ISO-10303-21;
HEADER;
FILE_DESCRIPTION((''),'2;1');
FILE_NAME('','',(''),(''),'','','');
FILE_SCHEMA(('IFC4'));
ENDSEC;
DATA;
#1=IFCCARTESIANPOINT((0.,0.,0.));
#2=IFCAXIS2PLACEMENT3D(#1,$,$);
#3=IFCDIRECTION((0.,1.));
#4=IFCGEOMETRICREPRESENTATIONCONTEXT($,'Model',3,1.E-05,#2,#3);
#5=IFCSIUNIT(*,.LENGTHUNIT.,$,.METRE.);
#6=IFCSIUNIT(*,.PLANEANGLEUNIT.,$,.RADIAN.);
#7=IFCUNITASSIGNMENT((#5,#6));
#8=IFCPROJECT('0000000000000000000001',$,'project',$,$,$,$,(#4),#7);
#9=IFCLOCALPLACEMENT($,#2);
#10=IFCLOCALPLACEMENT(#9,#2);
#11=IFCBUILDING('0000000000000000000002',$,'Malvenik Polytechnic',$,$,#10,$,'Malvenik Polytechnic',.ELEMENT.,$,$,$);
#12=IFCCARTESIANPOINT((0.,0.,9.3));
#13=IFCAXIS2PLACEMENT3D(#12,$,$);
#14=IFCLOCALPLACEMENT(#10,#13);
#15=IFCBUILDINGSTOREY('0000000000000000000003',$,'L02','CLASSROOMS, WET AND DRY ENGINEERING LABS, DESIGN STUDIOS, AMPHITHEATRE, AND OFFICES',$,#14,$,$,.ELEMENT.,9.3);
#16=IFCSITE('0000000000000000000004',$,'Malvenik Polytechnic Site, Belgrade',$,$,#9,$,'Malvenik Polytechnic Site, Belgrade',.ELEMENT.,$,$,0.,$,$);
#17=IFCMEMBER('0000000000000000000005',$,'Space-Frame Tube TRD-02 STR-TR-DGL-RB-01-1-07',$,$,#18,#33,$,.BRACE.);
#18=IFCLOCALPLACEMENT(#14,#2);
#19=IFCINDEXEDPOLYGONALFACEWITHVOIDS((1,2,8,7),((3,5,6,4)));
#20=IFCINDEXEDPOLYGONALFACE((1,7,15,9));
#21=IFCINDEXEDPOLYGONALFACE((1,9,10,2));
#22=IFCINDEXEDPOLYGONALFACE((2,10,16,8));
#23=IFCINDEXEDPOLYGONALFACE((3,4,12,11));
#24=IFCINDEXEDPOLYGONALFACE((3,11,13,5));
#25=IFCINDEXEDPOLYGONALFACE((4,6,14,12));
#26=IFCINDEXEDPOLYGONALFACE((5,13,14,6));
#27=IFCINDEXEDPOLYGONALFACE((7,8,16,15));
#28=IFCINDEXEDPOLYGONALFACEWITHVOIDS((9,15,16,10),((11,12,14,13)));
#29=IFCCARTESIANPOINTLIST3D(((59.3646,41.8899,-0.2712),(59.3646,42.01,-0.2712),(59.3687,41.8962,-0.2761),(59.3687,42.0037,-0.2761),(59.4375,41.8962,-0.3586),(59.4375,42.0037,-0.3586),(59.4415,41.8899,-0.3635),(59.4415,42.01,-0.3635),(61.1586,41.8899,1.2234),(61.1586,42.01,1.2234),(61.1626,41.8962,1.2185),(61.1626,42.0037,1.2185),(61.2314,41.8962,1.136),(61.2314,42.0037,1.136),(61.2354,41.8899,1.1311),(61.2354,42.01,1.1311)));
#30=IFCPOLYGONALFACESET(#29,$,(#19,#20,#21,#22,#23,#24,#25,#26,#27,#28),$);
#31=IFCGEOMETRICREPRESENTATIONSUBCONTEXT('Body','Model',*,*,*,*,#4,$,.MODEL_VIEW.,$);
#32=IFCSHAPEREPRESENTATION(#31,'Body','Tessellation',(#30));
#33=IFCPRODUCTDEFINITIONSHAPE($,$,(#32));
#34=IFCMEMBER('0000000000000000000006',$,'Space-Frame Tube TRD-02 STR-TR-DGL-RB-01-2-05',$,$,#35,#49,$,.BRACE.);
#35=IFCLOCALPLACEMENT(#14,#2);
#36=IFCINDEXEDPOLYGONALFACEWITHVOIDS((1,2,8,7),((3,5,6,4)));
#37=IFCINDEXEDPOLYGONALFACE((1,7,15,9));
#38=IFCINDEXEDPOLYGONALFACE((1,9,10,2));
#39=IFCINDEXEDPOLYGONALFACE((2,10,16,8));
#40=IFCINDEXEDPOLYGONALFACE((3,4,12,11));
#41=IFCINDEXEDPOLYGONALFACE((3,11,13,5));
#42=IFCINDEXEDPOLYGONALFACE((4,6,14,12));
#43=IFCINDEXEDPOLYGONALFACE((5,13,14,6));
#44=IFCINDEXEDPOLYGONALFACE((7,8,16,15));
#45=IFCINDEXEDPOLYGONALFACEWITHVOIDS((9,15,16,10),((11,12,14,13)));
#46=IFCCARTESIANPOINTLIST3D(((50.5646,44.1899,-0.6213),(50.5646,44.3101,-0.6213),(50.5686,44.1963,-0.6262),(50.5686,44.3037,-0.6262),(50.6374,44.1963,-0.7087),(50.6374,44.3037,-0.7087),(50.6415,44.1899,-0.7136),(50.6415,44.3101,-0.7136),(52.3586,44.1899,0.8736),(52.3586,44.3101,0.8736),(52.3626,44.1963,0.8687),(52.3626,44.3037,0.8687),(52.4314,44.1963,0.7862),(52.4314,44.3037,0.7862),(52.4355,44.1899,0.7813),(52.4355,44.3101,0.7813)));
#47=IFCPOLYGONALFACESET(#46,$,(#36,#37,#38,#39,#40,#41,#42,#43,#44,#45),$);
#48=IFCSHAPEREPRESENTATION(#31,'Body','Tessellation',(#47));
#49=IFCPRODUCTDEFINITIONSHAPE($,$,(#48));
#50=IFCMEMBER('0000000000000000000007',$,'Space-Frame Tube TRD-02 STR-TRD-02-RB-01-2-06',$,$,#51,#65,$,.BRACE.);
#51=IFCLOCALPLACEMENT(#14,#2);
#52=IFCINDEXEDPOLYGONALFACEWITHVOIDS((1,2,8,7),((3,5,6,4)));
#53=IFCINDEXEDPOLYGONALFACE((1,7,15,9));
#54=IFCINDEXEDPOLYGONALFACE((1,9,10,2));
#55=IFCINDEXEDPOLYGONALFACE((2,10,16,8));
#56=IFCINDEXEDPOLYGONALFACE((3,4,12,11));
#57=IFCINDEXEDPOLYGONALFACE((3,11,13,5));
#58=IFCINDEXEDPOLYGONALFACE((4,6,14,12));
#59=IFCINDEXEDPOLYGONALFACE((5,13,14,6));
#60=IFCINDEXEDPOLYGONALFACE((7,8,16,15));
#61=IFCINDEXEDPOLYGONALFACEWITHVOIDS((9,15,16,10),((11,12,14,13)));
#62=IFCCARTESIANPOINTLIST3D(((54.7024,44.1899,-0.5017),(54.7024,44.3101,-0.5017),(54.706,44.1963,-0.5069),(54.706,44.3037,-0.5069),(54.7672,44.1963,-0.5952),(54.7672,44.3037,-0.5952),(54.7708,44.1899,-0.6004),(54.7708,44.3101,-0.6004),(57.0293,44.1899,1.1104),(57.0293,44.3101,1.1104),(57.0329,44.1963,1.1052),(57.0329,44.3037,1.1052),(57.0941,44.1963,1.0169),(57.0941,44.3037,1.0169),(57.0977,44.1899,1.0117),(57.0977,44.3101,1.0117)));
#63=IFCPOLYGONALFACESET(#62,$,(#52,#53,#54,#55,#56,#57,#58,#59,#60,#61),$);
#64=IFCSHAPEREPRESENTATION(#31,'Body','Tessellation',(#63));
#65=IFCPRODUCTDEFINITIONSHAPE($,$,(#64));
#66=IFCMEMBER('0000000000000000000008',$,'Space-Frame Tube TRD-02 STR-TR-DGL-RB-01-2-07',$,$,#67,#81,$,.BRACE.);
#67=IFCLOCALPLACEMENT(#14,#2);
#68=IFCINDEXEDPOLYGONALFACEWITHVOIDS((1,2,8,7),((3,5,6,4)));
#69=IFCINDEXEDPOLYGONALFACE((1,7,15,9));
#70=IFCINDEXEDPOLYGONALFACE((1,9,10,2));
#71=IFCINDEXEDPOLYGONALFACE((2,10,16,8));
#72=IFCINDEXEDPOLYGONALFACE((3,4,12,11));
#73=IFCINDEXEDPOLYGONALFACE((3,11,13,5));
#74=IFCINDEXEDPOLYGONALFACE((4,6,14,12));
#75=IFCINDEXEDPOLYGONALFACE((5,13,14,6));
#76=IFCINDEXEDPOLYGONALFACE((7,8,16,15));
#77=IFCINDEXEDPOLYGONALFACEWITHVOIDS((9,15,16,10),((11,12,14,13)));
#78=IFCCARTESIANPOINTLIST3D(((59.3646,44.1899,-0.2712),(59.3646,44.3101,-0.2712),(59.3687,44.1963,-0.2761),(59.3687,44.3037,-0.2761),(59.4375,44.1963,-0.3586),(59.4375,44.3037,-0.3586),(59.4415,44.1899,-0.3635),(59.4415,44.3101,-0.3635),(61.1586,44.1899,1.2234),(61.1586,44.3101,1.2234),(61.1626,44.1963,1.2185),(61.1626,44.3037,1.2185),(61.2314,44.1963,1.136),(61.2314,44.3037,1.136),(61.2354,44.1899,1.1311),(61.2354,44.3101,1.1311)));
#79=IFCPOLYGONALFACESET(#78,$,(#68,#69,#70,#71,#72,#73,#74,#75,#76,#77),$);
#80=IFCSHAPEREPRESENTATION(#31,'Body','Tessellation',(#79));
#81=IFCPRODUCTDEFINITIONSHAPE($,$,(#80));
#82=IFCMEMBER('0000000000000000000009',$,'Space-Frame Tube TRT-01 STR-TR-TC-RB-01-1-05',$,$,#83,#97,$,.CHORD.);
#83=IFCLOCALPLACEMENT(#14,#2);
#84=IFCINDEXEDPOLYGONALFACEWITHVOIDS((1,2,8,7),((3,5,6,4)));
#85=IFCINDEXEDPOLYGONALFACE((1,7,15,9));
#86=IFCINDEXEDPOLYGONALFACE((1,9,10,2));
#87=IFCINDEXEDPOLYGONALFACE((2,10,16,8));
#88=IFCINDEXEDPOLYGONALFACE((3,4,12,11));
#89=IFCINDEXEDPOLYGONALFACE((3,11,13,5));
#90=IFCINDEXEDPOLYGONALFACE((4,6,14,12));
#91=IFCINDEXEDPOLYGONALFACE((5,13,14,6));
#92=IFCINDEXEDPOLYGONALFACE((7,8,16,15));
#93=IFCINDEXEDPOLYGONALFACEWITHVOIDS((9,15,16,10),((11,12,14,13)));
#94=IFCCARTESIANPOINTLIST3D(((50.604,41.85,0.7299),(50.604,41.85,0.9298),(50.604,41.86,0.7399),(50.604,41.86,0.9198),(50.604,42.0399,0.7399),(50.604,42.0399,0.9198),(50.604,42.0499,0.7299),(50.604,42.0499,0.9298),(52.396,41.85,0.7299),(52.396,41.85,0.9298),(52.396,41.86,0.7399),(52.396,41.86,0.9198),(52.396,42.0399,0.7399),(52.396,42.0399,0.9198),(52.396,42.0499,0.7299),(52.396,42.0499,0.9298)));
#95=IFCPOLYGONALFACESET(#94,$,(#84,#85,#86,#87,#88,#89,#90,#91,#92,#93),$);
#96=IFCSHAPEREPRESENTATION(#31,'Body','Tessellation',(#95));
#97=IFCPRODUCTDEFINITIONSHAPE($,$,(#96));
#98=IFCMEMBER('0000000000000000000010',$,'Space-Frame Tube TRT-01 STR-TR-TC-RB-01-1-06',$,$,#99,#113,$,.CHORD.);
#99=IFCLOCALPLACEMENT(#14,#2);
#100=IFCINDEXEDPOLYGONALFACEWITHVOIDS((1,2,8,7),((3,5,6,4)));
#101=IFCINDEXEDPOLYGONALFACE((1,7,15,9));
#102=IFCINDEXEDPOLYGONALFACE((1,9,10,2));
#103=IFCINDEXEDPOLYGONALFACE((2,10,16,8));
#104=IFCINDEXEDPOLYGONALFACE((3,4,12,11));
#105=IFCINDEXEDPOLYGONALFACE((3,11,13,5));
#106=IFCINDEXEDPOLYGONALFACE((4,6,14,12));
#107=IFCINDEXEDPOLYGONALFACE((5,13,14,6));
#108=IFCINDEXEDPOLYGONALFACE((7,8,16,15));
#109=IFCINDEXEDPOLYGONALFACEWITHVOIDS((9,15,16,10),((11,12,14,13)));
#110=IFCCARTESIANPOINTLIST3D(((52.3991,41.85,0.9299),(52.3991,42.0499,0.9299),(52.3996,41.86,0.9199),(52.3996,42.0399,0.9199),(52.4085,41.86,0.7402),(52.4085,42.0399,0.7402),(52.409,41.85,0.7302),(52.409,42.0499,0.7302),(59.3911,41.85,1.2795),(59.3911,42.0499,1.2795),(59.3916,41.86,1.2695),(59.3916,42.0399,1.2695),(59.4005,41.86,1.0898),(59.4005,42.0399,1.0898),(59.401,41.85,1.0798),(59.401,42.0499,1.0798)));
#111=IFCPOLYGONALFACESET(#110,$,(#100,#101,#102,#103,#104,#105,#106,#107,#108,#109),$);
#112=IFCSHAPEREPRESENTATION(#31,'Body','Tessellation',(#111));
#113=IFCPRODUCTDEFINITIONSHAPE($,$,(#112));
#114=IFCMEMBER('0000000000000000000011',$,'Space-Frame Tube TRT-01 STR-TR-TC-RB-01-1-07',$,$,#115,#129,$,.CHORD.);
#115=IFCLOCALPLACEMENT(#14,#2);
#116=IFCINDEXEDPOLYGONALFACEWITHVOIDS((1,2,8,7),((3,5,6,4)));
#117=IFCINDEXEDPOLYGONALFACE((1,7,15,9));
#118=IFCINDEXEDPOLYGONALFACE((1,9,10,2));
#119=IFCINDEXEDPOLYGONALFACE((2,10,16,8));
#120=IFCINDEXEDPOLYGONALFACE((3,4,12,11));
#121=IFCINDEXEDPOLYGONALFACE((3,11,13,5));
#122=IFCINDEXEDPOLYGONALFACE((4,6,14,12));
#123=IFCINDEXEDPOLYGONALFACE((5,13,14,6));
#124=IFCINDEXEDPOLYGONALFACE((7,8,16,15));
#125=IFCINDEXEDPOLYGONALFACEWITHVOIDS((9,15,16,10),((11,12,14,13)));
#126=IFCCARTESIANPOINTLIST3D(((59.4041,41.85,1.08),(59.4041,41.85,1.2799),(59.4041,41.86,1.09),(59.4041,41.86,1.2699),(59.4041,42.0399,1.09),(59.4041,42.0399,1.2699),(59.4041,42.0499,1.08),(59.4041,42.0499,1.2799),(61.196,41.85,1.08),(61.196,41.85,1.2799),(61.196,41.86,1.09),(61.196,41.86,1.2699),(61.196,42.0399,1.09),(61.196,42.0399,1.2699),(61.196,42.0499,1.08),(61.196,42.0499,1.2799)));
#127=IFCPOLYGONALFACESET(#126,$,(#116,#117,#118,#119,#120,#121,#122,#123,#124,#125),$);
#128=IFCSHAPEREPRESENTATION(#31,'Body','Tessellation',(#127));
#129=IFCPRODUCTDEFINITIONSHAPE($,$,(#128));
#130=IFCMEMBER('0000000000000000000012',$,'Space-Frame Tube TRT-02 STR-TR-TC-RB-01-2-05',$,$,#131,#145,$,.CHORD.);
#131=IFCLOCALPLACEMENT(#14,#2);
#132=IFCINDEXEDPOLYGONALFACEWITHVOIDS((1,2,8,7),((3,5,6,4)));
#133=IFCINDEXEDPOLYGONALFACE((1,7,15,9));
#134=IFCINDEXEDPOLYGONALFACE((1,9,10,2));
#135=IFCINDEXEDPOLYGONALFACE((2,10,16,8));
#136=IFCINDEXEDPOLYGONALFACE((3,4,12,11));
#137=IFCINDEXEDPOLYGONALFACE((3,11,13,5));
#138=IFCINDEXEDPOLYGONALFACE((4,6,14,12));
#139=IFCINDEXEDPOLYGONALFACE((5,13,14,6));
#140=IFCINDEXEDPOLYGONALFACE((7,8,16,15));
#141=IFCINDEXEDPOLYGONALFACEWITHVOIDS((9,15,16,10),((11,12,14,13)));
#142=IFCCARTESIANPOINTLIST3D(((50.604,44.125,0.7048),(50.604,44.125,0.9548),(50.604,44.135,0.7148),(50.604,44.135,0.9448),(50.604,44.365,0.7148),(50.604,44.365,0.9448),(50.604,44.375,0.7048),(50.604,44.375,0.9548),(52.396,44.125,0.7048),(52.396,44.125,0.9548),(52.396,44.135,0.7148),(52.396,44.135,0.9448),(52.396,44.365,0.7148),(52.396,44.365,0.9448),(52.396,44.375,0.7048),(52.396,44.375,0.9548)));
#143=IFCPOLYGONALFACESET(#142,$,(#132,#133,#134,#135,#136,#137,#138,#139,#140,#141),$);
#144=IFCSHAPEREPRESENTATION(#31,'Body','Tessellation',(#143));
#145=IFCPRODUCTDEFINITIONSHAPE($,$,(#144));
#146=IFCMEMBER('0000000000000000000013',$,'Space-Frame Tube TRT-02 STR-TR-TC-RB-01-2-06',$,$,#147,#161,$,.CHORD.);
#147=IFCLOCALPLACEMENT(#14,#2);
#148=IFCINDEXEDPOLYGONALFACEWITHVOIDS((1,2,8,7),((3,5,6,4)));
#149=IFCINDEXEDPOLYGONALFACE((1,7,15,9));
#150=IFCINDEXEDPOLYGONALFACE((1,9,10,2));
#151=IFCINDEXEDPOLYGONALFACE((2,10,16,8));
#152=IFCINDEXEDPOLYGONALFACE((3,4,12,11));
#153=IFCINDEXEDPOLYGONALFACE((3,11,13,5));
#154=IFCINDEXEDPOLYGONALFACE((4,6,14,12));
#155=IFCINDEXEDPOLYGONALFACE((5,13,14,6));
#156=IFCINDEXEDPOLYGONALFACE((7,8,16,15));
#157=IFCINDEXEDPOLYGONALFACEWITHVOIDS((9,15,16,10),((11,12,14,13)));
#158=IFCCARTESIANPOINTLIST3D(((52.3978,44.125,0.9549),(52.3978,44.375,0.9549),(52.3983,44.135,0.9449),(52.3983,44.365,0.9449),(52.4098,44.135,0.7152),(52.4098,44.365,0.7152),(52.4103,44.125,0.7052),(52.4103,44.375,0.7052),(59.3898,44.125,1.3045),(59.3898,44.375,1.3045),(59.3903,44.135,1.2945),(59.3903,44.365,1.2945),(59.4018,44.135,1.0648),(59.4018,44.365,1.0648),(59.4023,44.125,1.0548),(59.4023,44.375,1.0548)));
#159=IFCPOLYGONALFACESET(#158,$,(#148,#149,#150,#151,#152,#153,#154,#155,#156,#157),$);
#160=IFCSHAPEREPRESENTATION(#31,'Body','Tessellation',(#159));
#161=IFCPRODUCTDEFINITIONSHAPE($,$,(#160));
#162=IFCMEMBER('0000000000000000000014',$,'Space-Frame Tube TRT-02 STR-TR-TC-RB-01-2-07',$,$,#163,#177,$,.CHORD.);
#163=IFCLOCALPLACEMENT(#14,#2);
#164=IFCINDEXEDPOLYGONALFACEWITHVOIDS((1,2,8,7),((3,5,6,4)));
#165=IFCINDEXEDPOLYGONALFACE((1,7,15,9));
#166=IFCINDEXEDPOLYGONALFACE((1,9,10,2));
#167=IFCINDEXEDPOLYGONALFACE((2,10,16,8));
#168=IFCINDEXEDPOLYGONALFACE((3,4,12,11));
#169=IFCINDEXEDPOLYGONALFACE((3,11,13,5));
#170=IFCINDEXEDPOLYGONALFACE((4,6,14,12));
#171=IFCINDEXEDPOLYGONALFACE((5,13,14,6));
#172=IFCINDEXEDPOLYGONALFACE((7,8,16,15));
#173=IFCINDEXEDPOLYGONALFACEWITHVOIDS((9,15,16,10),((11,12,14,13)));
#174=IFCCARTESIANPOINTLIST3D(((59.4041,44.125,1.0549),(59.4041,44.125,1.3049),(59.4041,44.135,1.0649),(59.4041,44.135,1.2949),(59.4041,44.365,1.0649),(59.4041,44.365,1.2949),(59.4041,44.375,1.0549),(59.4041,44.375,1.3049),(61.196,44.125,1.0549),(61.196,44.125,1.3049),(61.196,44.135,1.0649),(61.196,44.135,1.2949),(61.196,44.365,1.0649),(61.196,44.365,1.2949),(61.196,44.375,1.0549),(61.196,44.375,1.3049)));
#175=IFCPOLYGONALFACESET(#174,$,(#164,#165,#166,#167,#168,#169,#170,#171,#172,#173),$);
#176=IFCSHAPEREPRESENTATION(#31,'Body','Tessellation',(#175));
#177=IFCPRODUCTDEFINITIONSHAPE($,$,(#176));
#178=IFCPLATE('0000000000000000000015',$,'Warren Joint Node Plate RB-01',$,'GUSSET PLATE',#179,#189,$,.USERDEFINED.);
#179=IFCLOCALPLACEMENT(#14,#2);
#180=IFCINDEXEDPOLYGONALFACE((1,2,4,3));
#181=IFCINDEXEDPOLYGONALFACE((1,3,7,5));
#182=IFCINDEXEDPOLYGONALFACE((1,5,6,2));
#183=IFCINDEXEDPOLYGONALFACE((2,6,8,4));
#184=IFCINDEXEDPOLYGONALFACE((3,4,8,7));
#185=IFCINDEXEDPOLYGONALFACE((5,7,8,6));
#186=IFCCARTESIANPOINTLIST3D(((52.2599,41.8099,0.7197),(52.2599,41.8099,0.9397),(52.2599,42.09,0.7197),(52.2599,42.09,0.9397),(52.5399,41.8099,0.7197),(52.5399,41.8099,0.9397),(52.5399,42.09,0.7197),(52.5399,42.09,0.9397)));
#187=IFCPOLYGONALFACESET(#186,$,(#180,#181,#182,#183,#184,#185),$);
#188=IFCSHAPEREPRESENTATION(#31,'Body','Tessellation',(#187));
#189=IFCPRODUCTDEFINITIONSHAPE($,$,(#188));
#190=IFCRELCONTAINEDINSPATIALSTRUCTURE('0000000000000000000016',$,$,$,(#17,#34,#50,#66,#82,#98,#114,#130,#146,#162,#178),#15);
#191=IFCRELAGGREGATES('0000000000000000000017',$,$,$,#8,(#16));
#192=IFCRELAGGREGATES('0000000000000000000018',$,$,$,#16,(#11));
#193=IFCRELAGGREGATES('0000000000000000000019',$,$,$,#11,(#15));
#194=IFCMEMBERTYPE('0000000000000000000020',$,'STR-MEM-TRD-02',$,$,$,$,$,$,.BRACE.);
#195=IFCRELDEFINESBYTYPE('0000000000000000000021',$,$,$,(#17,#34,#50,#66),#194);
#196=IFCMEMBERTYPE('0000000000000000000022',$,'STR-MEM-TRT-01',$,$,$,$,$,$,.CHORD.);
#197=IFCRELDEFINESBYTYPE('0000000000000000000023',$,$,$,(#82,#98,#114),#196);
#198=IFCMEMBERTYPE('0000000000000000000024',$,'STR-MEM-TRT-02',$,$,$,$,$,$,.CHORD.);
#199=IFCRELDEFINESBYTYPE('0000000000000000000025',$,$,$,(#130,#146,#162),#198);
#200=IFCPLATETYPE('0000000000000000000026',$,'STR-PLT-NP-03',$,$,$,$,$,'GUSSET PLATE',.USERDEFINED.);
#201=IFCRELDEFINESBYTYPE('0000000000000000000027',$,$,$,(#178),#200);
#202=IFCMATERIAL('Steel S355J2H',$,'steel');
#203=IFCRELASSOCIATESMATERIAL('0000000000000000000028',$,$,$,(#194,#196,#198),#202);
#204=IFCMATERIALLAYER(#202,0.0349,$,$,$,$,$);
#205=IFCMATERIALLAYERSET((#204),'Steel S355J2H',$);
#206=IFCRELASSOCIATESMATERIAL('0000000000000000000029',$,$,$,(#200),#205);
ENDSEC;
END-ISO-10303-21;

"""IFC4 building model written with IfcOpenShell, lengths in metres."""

from ifc_helpers import new_model, si_unit, direction, frame, origin, origin_2d, place, context, subcontext, project, spatial, rectangle, hollow_rectangle, extrude, material, layer, layer_set, material_profile, profile_set, type_object, element, save


model = new_model("IFC4")

# Units and contexts
model_context = context("Model", 3, precision=1e-05, world=origin(), true_north=direction((0.0, 1.0)))
body_context = subcontext(model_context, "Body", "Model", "MODEL_VIEW")
ifc_project = project(units=[si_unit("LENGTHUNIT", "METRE"), si_unit("PLANEANGLEUNIT", "RADIAN")], contexts=[model_context])

# Site, building, storey
site_placement = place(None, origin())
site = spatial("IfcSite", under=ifc_project, at=site_placement, Name="Malvenik Polytechnic Site, Belgrade", LongName="Malvenik Polytechnic Site, Belgrade", CompositionType="ELEMENT", RefElevation=0.0)
building_placement = place(site_placement, origin())
building = spatial("IfcBuilding", under=site, at=building_placement, Name="Malvenik Polytechnic", LongName="Malvenik Polytechnic", CompositionType="ELEMENT")
storey_placement = place(building_placement, frame((0.0, 0.0, 9.3)))
storey = spatial("IfcBuildingStorey", under=building, at=storey_placement, Name="L02", Description="CLASSROOMS, WET AND DRY ENGINEERING LABS, DESIGN STUDIOS, AMPHITHEATRE, AND OFFICES", CompositionType="ELEMENT", Elevation=9.3)

# Shared definitions
ifc_material_1 = material(Name="Steel S355J2H", Category="steel")

# Members
ifc_material_profile_1 = material_profile(ifc_material_1, hollow_rectangle(XDim=0.1201, YDim=0.1201, WallThickness=0.0063, at=origin_2d()), Name="SHS 120x120x6.3")
ifc_profile_set_1 = profile_set([ifc_material_profile_1], Name="Steel S355J2H")
member_type_1 = type_object("IfcMemberType", Name="STR-MEM-TRD-02", PredefinedType="BRACE", material=ifc_profile_set_1)
member_1_placement = place(storey_placement, frame((59.4031, 41.95, -0.3174), z_axis=(0.76829, 0.0, 0.640102), x_axis=(0.0, 1.0, 0.0)))
element("IfcMember", 1, at=member_1_placement, inside=storey, type_object=member_type_1, Name="Space-Frame Tube TRD-02 STR-TR-DGL-RB-01-1-07", PredefinedType="BRACE", context=body_context, shape_type="SweptSolid", body=[
    extrude(hollow_rectangle(XDim=0.1201, YDim=0.1201, WallThickness=0.0063, at=origin_2d()), origin(), (0.0, 0.0, 1.0), 2.335),
])
member_2_placement = place(storey_placement, frame((50.603, 44.25, -0.6675), z_axis=(0.768238, 0.0, 0.640164), x_axis=(0.0, 1.0, 0.0)))
element("IfcMember", 2, at=member_2_placement, inside=storey, type_object=member_type_1, Name="Space-Frame Tube TRD-02 STR-TR-DGL-RB-01-2-05", PredefinedType="BRACE", context=body_context, shape_type="SweptSolid", body=[
    extrude(hollow_rectangle(XDim=0.1201, YDim=0.1201, WallThickness=0.0063, at=origin_2d()), origin(), (0.0, 0.0, 1.0), 2.3352),
])
member_3_placement = place(storey_placement, frame((54.7366, 44.25, -0.551), z_axis=(0.822006, 0.0, 0.569479), x_axis=(0.0, 1.0, 0.0)))
element("IfcMember", 3, at=member_3_placement, inside=storey, type_object=member_type_1, Name="Space-Frame Tube TRD-02 STR-TRD-02-RB-01-2-06", PredefinedType="BRACE", context=body_context, shape_type="SweptSolid", body=[
    extrude(hollow_rectangle(XDim=0.1201, YDim=0.1201, WallThickness=0.0063, at=origin_2d()), origin(), (0.0, 0.0, 1.0), 2.8308),
])
member_4_placement = place(storey_placement, frame((59.4031, 44.25, -0.3174), z_axis=(0.76829, 0.0, 0.640102), x_axis=(0.0, 1.0, 0.0)))
element("IfcMember", 4, at=member_4_placement, inside=storey, type_object=member_type_1, Name="Space-Frame Tube TRD-02 STR-TR-DGL-RB-01-2-07", PredefinedType="BRACE", context=body_context, shape_type="SweptSolid", body=[
    extrude(hollow_rectangle(XDim=0.1201, YDim=0.1201, WallThickness=0.0063, at=origin_2d()), origin(), (0.0, 0.0, 1.0), 2.335),
])
ifc_material_profile_2 = material_profile(ifc_material_1, hollow_rectangle(XDim=0.2, YDim=0.2, WallThickness=0.01, at=origin_2d()), Name="SHS 200x200x10.0")
ifc_profile_set_2 = profile_set([ifc_material_profile_2], Name="Steel S355J2H")
member_type_2 = type_object("IfcMemberType", Name="STR-MEM-TRT-01", PredefinedType="CHORD", material=ifc_profile_set_2)
member_5_placement = place(storey_placement, frame((50.604, 41.95, 0.8298), z_axis=(1.0, 0.0, 0.0), x_axis=(0.0, 1.0, 0.0)))
element("IfcMember", 5, at=member_5_placement, inside=storey, type_object=member_type_2, Name="Space-Frame Tube TRT-01 STR-TR-TC-RB-01-1-05", PredefinedType="CHORD", context=body_context, shape_type="SweptSolid", body=[
    extrude(hollow_rectangle(XDim=0.2, YDim=0.2, WallThickness=0.01, at=origin_2d()), origin(), (0.0, 0.0, 1.0), 1.792),
])
member_6_placement = place(storey_placement, frame((52.4041, 41.95, 0.8301), z_axis=(0.998752, 0.0, 0.049939), x_axis=(0.0, 1.0, 0.0)))
element("IfcMember", 6, at=member_6_placement, inside=storey, type_object=member_type_2, Name="Space-Frame Tube TRT-01 STR-TR-TC-RB-01-1-06", PredefinedType="CHORD", context=body_context, shape_type="SweptSolid", body=[
    extrude(hollow_rectangle(XDim=0.2, YDim=0.2, WallThickness=0.01, at=origin_2d()), origin(), (0.0, 0.0, 1.0), 7.0007),
])
member_7_placement = place(storey_placement, frame((59.4041, 41.95, 1.1799), z_axis=(1.0, 0.0, 0.0), x_axis=(0.0, 1.0, 0.0)))
element("IfcMember", 7, at=member_7_placement, inside=storey, type_object=member_type_2, Name="Space-Frame Tube TRT-01 STR-TR-TC-RB-01-1-07", PredefinedType="CHORD", context=body_context, shape_type="SweptSolid", body=[
    extrude(hollow_rectangle(XDim=0.2, YDim=0.2, WallThickness=0.01, at=origin_2d()), origin(), (0.0, 0.0, 1.0), 1.792),
])
ifc_material_profile_3 = material_profile(ifc_material_1, hollow_rectangle(XDim=0.25, YDim=0.25, WallThickness=0.01, at=origin_2d()), Name="SHS 250x250x10.0")
ifc_profile_set_3 = profile_set([ifc_material_profile_3], Name="Steel S355J2H")
member_type_3 = type_object("IfcMemberType", Name="STR-MEM-TRT-02", PredefinedType="CHORD", material=ifc_profile_set_3)
member_8_placement = place(storey_placement, frame((50.604, 44.25, 0.8298), z_axis=(1.0, 0.0, 0.0), x_axis=(0.0, 1.0, 0.0)))
element("IfcMember", 8, at=member_8_placement, inside=storey, type_object=member_type_3, Name="Space-Frame Tube TRT-02 STR-TR-TC-RB-01-2-05", PredefinedType="CHORD", context=body_context, shape_type="SweptSolid", body=[
    extrude(hollow_rectangle(XDim=0.25, YDim=0.25, WallThickness=0.01, at=origin_2d()), origin(), (0.0, 0.0, 1.0), 1.792),
])
member_9_placement = place(storey_placement, frame((52.4041, 44.25, 0.8301), z_axis=(0.998752, 0.0, 0.049939), x_axis=(0.0, 1.0, 0.0)))
element("IfcMember", 9, at=member_9_placement, inside=storey, type_object=member_type_3, Name="Space-Frame Tube TRT-02 STR-TR-TC-RB-01-2-06", PredefinedType="CHORD", context=body_context, shape_type="SweptSolid", body=[
    extrude(hollow_rectangle(XDim=0.25, YDim=0.25, WallThickness=0.01, at=origin_2d()), origin(), (0.0, 0.0, 1.0), 7.0007),
])
member_10_placement = place(storey_placement, frame((59.4041, 44.25, 1.1799), z_axis=(1.0, 0.0, 0.0), x_axis=(0.0, 1.0, 0.0)))
element("IfcMember", 10, at=member_10_placement, inside=storey, type_object=member_type_3, Name="Space-Frame Tube TRT-02 STR-TR-TC-RB-01-2-07", PredefinedType="CHORD", context=body_context, shape_type="SweptSolid", body=[
    extrude(hollow_rectangle(XDim=0.25, YDim=0.25, WallThickness=0.01, at=origin_2d()), origin(), (0.0, 0.0, 1.0), 1.792),
])

# Plate
ifc_layer_1 = layer(ifc_material_1, 0.0349)
ifc_layer_set_1 = layer_set([ifc_layer_1], Name="Steel S355J2H")
plate_type = type_object("IfcPlateType", Name="STR-PLT-NP-03", ElementType="GUSSET PLATE", PredefinedType="USERDEFINED", material=ifc_layer_set_1)
for number, where, z_axis, x_axis, name in (
    (11, (52.3999, 41.95, 0.7197), (0.0, 0.0, 1.0), (1.0, 0.0, 0.0), "Warren Joint Node Plate RB-01"),
):
    element("IfcPlate", number, at=place(storey_placement, frame(where, z_axis=z_axis, x_axis=x_axis)), inside=storey, type_object=plate_type, Name=name, ObjectType="GUSSET PLATE", PredefinedType="USERDEFINED", context=body_context, shape_type="SweptSolid", body=[
        extrude(rectangle(XDim=0.28, YDim=0.28, at=origin_2d()), origin(), (0.0, 0.0, 1.0), 0.22),
    ])

save(model, "model.ifc")
